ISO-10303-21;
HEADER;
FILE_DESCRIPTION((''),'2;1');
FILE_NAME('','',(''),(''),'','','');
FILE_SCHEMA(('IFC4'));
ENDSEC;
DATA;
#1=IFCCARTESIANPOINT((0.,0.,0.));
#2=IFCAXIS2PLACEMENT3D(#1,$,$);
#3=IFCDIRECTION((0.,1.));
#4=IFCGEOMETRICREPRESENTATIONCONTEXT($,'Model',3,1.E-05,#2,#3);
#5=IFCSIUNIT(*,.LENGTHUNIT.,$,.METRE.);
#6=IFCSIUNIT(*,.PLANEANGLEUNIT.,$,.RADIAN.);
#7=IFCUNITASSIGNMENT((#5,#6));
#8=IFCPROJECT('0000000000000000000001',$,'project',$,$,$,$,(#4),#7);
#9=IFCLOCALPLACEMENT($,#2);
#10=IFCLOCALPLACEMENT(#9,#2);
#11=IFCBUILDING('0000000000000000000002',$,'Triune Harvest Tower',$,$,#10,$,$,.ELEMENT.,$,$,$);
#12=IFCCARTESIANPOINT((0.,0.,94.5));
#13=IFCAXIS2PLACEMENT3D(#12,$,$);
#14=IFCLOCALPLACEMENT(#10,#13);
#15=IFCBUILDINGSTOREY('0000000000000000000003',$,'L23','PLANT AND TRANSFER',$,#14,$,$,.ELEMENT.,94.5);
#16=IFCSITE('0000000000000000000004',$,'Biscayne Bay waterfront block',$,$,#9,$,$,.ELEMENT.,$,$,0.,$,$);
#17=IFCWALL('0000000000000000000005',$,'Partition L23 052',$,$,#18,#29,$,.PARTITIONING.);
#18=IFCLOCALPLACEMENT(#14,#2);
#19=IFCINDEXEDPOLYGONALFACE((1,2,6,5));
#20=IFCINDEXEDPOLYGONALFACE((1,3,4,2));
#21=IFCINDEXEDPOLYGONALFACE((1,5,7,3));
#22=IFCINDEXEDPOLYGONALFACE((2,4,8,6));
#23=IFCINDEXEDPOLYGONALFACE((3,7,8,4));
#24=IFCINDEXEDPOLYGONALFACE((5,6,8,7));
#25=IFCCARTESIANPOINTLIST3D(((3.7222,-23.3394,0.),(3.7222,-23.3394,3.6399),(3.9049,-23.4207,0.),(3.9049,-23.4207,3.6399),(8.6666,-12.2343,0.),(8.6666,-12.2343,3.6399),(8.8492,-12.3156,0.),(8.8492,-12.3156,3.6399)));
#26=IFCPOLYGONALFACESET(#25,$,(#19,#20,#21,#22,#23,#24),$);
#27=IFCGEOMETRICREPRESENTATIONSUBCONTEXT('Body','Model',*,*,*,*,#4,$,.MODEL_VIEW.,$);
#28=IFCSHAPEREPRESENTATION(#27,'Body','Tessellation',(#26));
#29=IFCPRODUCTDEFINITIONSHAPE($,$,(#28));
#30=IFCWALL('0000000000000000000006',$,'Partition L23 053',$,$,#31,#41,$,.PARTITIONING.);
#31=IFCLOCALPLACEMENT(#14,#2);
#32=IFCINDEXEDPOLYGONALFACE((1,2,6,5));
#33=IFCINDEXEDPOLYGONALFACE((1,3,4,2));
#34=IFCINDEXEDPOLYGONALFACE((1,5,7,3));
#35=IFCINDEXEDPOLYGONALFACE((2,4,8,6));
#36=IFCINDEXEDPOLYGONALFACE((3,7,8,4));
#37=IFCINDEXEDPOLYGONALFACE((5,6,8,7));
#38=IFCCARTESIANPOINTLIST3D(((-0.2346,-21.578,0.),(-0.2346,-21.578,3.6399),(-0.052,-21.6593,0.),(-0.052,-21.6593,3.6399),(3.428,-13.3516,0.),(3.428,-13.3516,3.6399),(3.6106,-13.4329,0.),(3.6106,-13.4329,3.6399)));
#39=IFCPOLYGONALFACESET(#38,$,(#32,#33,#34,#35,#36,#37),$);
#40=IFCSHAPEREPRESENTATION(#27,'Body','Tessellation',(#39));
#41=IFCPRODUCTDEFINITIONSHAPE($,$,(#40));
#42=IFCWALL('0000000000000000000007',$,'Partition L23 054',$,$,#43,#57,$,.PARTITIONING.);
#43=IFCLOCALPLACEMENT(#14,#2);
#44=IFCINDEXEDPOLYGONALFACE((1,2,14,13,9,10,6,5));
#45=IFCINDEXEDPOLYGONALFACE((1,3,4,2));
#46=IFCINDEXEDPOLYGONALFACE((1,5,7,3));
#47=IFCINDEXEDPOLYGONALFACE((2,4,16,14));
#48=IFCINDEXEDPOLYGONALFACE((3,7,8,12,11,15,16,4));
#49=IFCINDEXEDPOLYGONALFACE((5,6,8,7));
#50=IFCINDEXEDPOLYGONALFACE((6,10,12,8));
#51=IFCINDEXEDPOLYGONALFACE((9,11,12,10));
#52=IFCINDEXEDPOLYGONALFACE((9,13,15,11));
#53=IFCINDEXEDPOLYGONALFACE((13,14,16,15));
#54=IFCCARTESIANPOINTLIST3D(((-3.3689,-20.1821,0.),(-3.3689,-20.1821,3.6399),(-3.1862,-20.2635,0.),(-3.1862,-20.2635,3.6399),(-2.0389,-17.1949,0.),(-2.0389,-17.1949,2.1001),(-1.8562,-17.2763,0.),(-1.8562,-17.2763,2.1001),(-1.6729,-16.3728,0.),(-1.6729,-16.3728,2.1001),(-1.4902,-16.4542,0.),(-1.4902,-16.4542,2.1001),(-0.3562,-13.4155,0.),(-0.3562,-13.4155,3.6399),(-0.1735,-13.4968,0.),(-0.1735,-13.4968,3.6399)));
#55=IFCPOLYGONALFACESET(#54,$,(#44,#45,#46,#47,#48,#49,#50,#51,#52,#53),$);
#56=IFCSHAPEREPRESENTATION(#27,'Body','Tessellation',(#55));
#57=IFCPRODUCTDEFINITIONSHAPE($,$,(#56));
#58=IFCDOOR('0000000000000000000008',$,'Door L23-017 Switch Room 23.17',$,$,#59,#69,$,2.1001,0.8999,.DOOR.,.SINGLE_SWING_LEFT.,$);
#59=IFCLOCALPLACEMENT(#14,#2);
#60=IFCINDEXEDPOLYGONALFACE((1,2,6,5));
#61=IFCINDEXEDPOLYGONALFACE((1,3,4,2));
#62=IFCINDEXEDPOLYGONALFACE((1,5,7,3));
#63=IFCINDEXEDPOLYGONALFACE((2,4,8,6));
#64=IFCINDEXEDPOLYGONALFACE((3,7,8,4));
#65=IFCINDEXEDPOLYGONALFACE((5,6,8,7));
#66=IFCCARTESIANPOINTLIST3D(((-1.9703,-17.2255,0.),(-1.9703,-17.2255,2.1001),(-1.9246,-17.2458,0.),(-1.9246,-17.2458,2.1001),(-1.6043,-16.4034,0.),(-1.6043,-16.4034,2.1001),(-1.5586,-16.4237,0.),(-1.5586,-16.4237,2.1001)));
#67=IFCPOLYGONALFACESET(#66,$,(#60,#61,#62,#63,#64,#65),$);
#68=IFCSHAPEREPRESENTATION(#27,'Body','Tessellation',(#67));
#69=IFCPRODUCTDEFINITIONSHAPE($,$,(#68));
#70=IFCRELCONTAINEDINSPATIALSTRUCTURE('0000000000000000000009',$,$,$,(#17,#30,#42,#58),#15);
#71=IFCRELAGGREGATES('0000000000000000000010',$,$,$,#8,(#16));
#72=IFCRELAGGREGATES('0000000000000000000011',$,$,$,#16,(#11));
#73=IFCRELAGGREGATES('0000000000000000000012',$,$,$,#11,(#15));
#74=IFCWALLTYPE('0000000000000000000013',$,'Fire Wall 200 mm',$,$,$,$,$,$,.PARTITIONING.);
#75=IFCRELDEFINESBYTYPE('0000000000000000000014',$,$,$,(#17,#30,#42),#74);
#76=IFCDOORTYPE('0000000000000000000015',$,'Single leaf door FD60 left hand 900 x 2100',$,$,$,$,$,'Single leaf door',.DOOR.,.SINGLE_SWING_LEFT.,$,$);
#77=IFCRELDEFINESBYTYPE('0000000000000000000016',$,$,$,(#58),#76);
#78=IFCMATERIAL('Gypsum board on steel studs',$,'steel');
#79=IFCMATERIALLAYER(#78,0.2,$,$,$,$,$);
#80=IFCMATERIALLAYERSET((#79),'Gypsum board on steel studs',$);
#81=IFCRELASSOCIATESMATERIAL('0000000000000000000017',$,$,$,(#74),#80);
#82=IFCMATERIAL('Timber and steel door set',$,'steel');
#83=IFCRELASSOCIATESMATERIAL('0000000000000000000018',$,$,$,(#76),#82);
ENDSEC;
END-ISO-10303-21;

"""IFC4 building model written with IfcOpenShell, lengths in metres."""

from ifc_helpers import new_model, si_unit, direction, frame, frame_2d, origin, place, context, subcontext, project, spatial, rectangle, extrude, material, layer, layer_set, type_object, element, fill, save


model = new_model("IFC4")

# Units and contexts
model_context = context("Model", 3, precision=1e-05, world=origin(), true_north=direction((0.0, 1.0)))
body_context = subcontext(model_context, "Body", "Model", "MODEL_VIEW")
ifc_project = project(units=[si_unit("LENGTHUNIT", "METRE"), si_unit("PLANEANGLEUNIT", "RADIAN")], contexts=[model_context])

# Site, building, storey
site_placement = place(None, origin())
site = spatial("IfcSite", under=ifc_project, at=site_placement, Name="Biscayne Bay waterfront block", CompositionType="ELEMENT", RefElevation=0.0)
building_placement = place(site_placement, origin())
building = spatial("IfcBuilding", under=site, at=building_placement, Name="Triune Harvest Tower", CompositionType="ELEMENT")
storey_placement = place(building_placement, frame((0.0, 0.0, 94.5)))
storey = spatial("IfcBuildingStorey", under=building, at=storey_placement, Name="L23", Description="PLANT AND TRANSFER", CompositionType="ELEMENT", Elevation=94.5)

# Shared definitions
ifc_material_1 = material(Name="Gypsum board on steel studs", Category="steel")
ifc_layer_1 = layer(ifc_material_1, 0.2)
ifc_layer_set_1 = layer_set([ifc_layer_1], Name="Gypsum board on steel studs")
wall_type = type_object("IfcWallType", Name="Fire Wall 200 mm", PredefinedType="PARTITIONING", material=ifc_layer_set_1)

# Walls
wall_1_placement = place(storey_placement, frame((3.8135, -23.3801, 0.0), z_axis=(0.0, 0.0, 1.0), x_axis=(0.406742, 0.913543, 0.0)))
element("IfcWall", 1, at=wall_1_placement, inside=storey, type_object=wall_type, Name="Partition L23 052", PredefinedType="PARTITIONING", context=body_context, shape_type="SweptSolid", body=[
    extrude(rectangle(XDim=12.156, YDim=0.2, at=frame_2d((6.0781, 0.0))), origin(), (0.0, 0.0, 1.0), 3.6399),
])
wall_2_placement = place(storey_placement, frame((-0.1433, -21.6187, 0.0), z_axis=(0.0, 0.0, 1.0), x_axis=(0.406737, 0.913545, 0.0)))
element("IfcWall", 2, at=wall_2_placement, inside=storey, type_object=wall_type, Name="Partition L23 053", PredefinedType="PARTITIONING", context=body_context, shape_type="SweptSolid", body=[
    extrude(rectangle(XDim=9.0049, YDim=0.2, at=frame_2d((4.5024, 0.0))), origin(), (0.0, 0.0, 1.0), 3.6399),
])

# Wall, opening, door
wall_3_placement = place(storey_placement, frame((-3.2776, -20.2229, 0.0), z_axis=(0.0, 0.0, 1.0), x_axis=(0.406738, 0.913545, 0.0)))
wall_3 = element("IfcWall", 3, at=wall_3_placement, inside=storey, type_object=wall_type, Name="Partition L23 054", PredefinedType="PARTITIONING", context=body_context, shape_type="SweptSolid", body=[
    extrude(rectangle(XDim=7.407, YDim=0.2, at=frame_2d((3.7036, 0.0))), origin(), (0.0, 0.0, 1.0), 3.6399),
])
opening_1_placement = place(wall_3_placement, frame((3.27, 0.0, 0.0)))
opening_1 = element("IfcOpeningElement", 4, at=opening_1_placement, cuts=wall_3, PredefinedType="OPENING", context=body_context, shape_type="SweptSolid", body=[
    extrude(rectangle(XDim=0.8999, YDim=2.1001, at=frame_2d((0.45, 1.05))), frame((0.0, 0.1099, 0.0), z_axis=(0.0, -1.0, 0.0), x_axis=(1.0, 0.0, 0.0)), (0.0, 0.0, 1.0), 0.22),
])
ifc_material_2 = material(Name="Timber and steel door set", Category="steel")
door_type_1 = type_object("IfcDoorType", Name="Single leaf door FD60 left hand 900 x 2100", ElementType="Single leaf door", OperationType="SINGLE_SWING_LEFT", PredefinedType="DOOR", material=ifc_material_2)
door_1_placement = place(opening_1_placement, origin())
door_1 = element("IfcDoor", 5, at=door_1_placement, inside=storey, type_object=door_type_1, Name="Door L23-017 Switch Room 23.17", OperationType="SINGLE_SWING_LEFT", OverallHeight=2.1001, OverallWidth=0.8999, PredefinedType="DOOR", context=body_context, shape_type="SweptSolid", body=[
    extrude(rectangle(XDim=0.8999, YDim=2.1001, at=frame_2d((0.45, 1.05))), frame((0.0, 0.0249, 0.0), z_axis=(0.0, -1.0, 0.0), x_axis=(1.0, 0.0, 0.0)), (0.0, 0.0, 1.0), 0.05),
])
fill(opening_1, door_1)

save(model, "model.ifc")
